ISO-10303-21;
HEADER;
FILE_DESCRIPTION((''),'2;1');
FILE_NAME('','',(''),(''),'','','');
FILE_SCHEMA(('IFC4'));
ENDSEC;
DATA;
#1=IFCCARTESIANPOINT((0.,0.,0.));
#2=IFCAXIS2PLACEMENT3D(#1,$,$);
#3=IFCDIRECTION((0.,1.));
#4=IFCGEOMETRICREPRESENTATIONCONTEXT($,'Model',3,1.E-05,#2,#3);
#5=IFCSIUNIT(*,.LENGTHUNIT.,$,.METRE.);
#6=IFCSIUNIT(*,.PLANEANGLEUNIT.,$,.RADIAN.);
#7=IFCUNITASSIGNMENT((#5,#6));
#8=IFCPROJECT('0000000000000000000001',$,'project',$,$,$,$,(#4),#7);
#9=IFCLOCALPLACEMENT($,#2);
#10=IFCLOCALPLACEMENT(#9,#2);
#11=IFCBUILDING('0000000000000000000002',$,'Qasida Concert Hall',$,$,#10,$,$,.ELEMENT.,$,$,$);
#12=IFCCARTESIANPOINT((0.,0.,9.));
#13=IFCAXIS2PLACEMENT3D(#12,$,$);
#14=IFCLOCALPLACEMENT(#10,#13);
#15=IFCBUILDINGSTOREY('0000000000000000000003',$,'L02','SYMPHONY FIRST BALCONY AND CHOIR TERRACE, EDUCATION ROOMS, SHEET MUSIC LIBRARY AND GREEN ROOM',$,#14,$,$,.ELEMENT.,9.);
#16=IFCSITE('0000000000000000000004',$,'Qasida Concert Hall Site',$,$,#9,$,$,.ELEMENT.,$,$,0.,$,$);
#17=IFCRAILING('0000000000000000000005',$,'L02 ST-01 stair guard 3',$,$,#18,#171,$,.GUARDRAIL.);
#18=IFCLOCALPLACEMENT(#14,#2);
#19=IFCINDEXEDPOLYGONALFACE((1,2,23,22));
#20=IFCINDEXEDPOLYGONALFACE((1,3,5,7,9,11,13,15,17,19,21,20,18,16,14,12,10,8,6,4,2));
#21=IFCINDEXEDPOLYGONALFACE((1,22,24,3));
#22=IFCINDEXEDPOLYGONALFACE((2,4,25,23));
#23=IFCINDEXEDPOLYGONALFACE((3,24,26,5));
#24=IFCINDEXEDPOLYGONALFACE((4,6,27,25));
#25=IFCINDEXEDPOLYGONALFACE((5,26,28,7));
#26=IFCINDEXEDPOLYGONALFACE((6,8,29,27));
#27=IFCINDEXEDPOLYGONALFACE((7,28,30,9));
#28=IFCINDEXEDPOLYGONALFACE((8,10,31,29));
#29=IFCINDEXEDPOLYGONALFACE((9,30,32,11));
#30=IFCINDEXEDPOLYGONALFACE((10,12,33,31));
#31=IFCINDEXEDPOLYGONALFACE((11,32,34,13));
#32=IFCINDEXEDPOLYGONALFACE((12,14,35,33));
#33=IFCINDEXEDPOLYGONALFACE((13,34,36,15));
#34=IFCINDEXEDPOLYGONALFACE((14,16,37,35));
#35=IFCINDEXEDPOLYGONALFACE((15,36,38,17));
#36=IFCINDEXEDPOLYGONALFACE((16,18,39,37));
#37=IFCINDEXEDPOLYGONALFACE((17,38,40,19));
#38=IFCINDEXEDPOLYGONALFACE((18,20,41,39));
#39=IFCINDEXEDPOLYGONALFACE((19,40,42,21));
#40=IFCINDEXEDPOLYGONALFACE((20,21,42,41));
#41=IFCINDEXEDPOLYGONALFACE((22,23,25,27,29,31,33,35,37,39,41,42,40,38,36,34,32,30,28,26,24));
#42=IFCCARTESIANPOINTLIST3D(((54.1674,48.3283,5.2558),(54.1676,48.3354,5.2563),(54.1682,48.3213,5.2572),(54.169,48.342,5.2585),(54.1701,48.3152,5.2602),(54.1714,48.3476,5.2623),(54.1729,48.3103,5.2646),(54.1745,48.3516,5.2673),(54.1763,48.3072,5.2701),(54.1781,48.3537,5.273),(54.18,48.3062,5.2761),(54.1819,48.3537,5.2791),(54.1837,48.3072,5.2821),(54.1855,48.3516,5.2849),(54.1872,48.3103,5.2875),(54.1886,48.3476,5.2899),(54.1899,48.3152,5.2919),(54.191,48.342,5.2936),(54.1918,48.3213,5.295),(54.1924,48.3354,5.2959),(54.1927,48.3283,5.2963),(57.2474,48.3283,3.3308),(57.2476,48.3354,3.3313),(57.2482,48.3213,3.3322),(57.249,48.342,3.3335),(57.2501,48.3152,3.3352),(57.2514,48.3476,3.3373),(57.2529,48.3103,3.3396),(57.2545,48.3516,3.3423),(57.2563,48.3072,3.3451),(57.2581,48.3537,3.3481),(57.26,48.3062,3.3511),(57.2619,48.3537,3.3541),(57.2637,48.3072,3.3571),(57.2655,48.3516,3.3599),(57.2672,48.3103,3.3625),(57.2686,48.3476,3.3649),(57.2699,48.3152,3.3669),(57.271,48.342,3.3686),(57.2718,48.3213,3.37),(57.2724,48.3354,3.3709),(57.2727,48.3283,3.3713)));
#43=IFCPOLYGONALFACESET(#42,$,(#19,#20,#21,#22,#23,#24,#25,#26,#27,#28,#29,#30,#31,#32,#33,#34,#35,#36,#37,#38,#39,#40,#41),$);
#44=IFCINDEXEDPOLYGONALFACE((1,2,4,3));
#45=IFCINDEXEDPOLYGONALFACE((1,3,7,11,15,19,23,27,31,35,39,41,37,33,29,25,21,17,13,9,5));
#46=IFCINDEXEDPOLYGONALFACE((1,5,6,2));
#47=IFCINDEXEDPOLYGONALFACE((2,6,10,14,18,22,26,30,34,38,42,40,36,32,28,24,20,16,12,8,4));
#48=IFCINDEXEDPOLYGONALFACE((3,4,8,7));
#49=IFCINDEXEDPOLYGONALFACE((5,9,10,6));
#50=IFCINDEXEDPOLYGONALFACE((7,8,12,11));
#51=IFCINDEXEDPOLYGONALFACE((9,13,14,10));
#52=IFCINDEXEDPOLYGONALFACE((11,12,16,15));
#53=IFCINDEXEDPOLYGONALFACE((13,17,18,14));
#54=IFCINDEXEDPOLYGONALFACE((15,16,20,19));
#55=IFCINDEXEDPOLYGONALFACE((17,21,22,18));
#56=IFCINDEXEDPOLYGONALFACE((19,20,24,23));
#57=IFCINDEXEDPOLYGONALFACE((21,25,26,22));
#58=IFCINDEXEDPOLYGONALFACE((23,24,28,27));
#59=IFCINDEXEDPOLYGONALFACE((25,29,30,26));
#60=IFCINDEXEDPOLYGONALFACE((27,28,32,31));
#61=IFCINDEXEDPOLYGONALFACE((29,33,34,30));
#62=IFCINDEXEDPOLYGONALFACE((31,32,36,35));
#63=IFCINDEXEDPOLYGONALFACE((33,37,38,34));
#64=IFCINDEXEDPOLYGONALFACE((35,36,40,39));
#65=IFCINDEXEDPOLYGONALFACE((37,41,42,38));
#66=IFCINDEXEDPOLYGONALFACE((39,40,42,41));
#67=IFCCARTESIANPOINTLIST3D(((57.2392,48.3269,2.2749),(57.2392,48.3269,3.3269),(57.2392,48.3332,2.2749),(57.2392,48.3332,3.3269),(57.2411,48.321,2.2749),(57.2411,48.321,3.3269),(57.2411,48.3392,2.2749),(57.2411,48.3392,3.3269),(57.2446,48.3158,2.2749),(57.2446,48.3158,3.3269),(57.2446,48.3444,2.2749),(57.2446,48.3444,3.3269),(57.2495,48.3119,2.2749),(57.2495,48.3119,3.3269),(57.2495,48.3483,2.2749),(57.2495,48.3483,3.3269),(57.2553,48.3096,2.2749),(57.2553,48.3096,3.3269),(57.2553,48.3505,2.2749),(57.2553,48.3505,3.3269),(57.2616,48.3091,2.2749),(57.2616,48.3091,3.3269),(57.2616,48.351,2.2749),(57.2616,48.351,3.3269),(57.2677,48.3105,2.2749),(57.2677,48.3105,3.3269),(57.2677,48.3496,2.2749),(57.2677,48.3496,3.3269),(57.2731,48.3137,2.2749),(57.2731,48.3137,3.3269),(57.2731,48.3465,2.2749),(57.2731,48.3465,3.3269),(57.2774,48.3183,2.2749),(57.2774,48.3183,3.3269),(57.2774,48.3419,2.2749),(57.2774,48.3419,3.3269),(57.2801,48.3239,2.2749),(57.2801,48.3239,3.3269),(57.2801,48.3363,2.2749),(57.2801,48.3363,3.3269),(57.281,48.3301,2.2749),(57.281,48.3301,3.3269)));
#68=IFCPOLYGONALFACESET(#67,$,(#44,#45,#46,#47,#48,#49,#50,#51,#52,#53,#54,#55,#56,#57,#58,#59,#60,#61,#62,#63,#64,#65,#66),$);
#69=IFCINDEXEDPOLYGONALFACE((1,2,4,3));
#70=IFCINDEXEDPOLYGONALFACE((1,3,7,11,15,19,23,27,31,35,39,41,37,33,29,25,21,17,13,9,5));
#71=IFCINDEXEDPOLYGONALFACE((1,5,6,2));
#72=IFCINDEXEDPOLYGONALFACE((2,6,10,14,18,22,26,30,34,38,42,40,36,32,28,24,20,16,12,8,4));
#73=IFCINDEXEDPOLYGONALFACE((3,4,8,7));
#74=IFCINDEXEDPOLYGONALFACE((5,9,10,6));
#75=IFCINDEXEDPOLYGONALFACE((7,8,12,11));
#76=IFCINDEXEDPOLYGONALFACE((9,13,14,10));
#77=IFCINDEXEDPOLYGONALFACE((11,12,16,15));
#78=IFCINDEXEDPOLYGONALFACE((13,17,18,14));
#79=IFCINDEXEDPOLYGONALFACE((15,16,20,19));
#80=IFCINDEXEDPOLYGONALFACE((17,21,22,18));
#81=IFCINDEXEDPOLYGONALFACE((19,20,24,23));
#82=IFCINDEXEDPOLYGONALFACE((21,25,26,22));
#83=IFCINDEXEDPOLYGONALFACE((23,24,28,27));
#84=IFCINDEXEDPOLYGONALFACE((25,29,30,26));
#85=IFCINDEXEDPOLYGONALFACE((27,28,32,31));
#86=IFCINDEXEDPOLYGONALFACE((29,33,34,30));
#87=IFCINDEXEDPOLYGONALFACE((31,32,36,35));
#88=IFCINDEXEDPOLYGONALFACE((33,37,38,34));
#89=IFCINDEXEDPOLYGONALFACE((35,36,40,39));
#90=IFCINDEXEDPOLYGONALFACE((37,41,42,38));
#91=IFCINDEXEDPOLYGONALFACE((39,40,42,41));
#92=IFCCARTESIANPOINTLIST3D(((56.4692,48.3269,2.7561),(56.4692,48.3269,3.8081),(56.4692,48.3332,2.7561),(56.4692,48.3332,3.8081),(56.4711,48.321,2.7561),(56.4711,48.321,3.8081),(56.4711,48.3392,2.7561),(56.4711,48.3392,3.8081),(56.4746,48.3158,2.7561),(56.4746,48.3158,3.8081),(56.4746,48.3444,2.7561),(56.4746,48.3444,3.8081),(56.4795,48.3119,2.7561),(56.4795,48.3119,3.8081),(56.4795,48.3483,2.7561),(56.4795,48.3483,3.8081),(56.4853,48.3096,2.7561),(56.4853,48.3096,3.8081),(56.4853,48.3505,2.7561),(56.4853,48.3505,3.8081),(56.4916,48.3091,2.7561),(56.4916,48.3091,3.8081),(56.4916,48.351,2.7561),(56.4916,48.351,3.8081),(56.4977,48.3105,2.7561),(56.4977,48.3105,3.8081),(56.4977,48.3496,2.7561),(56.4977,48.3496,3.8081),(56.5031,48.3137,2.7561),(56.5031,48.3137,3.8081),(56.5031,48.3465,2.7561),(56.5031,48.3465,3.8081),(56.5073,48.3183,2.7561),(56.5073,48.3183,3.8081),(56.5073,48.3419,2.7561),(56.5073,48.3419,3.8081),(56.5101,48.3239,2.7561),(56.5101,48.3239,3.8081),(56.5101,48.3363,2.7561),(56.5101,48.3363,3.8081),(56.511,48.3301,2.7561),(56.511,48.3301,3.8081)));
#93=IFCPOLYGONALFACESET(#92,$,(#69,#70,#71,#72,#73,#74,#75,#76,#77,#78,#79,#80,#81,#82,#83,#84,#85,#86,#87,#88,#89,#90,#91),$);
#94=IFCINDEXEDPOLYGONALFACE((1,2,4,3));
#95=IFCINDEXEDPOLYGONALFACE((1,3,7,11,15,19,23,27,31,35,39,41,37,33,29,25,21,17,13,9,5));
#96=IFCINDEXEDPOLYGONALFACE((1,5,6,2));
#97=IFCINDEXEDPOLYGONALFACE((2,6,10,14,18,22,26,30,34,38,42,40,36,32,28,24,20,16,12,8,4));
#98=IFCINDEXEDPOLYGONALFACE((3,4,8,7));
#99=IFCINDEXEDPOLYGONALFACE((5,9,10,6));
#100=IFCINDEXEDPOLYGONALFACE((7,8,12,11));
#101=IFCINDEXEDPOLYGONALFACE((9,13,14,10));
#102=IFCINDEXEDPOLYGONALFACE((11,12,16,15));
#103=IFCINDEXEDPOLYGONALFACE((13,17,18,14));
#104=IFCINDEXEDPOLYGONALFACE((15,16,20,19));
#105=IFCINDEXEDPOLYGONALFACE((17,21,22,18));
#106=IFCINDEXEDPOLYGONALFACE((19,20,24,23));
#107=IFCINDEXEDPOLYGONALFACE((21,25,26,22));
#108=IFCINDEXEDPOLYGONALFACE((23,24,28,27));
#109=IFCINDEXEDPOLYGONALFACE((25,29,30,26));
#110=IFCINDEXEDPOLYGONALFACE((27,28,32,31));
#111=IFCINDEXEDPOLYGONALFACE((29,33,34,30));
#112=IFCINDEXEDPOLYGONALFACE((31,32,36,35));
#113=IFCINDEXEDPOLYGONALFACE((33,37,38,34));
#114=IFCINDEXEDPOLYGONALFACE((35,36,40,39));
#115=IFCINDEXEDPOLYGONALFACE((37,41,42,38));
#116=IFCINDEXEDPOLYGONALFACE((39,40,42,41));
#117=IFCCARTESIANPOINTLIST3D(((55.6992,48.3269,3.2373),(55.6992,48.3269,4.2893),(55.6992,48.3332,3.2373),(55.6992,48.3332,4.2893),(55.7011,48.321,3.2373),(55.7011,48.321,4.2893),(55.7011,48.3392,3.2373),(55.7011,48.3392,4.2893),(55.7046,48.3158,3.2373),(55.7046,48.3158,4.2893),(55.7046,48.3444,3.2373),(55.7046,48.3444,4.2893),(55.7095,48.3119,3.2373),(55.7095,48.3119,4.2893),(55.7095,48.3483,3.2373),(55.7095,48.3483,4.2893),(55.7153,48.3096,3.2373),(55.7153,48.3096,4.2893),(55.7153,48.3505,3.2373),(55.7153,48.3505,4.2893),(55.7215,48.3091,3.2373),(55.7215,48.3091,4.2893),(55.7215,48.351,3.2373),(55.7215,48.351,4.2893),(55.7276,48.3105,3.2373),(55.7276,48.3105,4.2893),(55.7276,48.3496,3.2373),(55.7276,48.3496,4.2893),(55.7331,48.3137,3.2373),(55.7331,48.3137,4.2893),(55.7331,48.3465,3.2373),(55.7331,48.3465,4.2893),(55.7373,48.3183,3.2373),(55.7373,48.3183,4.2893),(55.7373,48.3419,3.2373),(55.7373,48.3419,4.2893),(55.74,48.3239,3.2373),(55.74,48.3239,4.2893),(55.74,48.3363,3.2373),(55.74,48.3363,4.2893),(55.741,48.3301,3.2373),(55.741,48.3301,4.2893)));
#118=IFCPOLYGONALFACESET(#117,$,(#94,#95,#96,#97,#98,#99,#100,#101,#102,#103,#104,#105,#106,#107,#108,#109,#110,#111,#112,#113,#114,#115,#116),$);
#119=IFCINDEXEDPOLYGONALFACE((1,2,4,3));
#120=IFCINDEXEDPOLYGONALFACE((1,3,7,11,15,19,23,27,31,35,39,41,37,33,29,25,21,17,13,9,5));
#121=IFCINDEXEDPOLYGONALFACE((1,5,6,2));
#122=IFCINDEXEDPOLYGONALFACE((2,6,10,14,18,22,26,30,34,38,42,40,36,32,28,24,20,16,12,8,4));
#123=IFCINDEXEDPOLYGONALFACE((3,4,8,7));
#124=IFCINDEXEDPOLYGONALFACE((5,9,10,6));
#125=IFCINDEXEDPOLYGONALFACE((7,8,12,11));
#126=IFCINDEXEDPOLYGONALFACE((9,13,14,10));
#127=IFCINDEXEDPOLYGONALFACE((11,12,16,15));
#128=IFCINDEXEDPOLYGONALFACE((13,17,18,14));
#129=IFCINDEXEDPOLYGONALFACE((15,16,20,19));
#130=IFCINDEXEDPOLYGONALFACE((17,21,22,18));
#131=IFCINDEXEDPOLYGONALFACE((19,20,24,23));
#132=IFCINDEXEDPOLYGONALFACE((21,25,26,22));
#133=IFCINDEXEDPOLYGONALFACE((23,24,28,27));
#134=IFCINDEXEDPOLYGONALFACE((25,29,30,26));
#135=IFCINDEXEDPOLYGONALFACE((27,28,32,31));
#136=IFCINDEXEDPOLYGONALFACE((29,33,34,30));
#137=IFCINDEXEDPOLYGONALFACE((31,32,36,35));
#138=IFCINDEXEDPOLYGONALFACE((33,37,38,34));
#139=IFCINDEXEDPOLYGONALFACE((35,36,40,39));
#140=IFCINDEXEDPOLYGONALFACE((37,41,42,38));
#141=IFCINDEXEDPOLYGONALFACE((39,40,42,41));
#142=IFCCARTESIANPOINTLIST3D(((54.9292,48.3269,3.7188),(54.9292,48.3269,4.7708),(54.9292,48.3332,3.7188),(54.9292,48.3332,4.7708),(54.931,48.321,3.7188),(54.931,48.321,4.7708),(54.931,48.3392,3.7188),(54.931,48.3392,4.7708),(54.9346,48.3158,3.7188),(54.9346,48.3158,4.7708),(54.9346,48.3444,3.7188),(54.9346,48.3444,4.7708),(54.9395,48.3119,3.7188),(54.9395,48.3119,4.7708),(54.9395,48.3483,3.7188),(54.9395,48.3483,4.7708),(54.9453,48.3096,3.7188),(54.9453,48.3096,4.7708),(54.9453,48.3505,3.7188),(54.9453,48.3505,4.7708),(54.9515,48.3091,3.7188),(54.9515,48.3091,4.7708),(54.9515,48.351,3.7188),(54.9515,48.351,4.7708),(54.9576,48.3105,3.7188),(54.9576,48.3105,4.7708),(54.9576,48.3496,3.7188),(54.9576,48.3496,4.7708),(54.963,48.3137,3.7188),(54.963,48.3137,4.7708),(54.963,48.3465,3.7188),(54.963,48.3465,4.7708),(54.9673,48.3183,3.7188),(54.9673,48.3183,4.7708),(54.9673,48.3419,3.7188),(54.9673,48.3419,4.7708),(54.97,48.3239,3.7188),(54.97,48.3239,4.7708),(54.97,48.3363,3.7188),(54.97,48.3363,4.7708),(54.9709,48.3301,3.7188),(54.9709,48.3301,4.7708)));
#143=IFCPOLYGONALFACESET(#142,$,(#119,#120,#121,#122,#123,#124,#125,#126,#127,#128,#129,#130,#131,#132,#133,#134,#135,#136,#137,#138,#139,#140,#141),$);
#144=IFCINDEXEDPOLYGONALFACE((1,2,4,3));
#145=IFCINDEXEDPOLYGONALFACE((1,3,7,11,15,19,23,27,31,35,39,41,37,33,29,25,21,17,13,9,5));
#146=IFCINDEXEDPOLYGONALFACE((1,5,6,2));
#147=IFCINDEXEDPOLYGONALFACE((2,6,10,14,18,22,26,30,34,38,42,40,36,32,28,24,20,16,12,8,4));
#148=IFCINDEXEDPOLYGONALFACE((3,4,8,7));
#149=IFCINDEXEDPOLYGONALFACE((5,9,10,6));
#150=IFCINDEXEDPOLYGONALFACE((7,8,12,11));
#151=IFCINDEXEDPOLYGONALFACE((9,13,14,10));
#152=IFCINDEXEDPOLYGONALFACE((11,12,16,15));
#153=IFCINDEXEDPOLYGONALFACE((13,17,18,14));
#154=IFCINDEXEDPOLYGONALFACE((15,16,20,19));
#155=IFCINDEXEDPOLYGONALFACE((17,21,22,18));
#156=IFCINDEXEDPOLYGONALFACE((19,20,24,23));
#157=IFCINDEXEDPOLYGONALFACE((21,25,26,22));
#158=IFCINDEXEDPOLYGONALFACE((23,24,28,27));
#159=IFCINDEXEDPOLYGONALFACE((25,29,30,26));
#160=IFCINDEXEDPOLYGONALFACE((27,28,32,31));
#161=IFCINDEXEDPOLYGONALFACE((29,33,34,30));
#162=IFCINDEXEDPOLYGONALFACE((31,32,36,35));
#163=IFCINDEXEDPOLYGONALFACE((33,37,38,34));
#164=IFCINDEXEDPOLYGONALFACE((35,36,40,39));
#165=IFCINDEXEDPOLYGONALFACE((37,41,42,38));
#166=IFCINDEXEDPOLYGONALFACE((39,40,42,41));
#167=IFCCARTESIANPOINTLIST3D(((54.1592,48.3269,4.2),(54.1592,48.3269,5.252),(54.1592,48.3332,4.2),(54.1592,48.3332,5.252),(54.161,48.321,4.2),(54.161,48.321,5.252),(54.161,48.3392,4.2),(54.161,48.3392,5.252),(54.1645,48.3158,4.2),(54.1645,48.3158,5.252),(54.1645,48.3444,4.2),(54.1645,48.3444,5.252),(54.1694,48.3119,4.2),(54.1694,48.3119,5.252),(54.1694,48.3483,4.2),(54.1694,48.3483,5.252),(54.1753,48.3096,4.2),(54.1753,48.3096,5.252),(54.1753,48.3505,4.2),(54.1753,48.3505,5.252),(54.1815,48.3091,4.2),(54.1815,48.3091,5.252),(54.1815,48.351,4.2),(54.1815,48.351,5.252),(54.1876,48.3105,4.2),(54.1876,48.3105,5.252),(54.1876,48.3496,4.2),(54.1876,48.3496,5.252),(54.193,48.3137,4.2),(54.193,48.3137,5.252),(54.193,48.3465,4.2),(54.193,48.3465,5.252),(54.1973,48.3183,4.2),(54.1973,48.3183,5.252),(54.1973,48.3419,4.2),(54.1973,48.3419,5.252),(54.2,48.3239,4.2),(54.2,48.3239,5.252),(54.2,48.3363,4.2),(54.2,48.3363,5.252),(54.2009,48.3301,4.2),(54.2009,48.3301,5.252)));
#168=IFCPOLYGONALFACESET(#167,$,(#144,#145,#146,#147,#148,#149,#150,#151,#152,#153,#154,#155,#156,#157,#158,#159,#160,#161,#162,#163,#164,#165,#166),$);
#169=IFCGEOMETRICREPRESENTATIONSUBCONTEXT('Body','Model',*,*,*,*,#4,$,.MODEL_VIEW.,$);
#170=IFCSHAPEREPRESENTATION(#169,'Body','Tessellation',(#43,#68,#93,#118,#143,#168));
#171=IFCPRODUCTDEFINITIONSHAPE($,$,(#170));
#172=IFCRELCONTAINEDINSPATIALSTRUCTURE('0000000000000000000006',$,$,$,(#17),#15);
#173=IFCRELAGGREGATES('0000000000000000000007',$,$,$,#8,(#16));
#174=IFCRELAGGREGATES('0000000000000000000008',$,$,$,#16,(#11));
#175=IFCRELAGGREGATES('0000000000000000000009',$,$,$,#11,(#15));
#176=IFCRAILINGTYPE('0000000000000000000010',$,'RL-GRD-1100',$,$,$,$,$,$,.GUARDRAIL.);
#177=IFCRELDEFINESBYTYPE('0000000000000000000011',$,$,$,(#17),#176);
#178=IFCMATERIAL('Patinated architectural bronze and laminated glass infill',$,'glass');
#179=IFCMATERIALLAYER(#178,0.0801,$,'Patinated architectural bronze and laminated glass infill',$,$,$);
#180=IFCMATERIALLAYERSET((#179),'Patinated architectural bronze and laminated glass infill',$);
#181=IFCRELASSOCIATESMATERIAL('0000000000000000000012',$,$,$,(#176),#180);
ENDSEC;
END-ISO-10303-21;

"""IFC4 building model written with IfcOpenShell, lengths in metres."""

from ifc_helpers import new_model, si_unit, direction, frame, origin, origin_2d, place, context, subcontext, project, spatial, circle, extrude, material, layer, layer_set, type_object, element, save


model = new_model("IFC4")

# Units and contexts
model_context = context("Model", 3, precision=1e-05, world=origin(), true_north=direction((0.0, 1.0)))
body_context = subcontext(model_context, "Body", "Model", "MODEL_VIEW")
ifc_project = project(units=[si_unit("LENGTHUNIT", "METRE"), si_unit("PLANEANGLEUNIT", "RADIAN")], contexts=[model_context])

# Site, building, storey
site_placement = place(None, origin())
site = spatial("IfcSite", under=ifc_project, at=site_placement, Name="Qasida Concert Hall Site", CompositionType="ELEMENT", RefElevation=0.0)
building_placement = place(site_placement, origin())
building = spatial("IfcBuilding", under=site, at=building_placement, Name="Qasida Concert Hall", CompositionType="ELEMENT")
storey_placement = place(building_placement, frame((0.0, 0.0, 9.0)))
storey = spatial("IfcBuildingStorey", under=building, at=storey_placement, Name="L02", Description="SYMPHONY FIRST BALCONY AND CHOIR TERRACE, EDUCATION ROOMS, SHEET MUSIC LIBRARY AND GREEN ROOM", CompositionType="ELEMENT", Elevation=9.0)

# Railing
ifc_material_1 = material(Name="Patinated architectural bronze and laminated glass infill", Category="glass")
ifc_layer_1 = layer(ifc_material_1, 0.0801, Name="Patinated architectural bronze and laminated glass infill")
ifc_layer_set_1 = layer_set([ifc_layer_1], Name="Patinated architectural bronze and laminated glass infill")
railing_type_1 = type_object("IfcRailingType", Name="RL-GRD-1100", PredefinedType="GUARDRAIL", material=ifc_layer_set_1)
railing_1_placement = place(storey_placement, frame((57.26, 48.3301, 2.2749)))
element("IfcRailing", 1, at=railing_1_placement, inside=storey, type_object=railing_type_1, Name="L02 ST-01 stair guard 3", PredefinedType="GUARDRAIL", context=body_context, shape_type="SweptSolid", body=[
    extrude(circle(Radius=0.0239, at=origin_2d()), frame((0.0, 0.0, 1.0762), z_axis=(-0.847998, 0.0, 0.529999), x_axis=(0.0, -1.0, 0.0)), (0.0, 0.0, 1.0), 3.6321),
    extrude(circle(Radius=0.021, at=origin_2d()), origin(), (0.0, 0.0, 1.0), 1.052),
    extrude(circle(Radius=0.021, at=origin_2d()), frame((-0.77, 0.0, 0.4812)), (0.0, 0.0, 1.0), 1.052),
    extrude(circle(Radius=0.021, at=origin_2d()), frame((-1.54, 0.0, 0.9624)), (0.0, 0.0, 1.0), 1.052),
    extrude(circle(Radius=0.021, at=origin_2d()), frame((-2.3101, 0.0, 1.4438)), (0.0, 0.0, 1.0), 1.052),
    extrude(circle(Radius=0.021, at=origin_2d()), frame((-3.0801, 0.0, 1.925)), (0.0, 0.0, 1.0), 1.052),
])

save(model, "model.ifc")
